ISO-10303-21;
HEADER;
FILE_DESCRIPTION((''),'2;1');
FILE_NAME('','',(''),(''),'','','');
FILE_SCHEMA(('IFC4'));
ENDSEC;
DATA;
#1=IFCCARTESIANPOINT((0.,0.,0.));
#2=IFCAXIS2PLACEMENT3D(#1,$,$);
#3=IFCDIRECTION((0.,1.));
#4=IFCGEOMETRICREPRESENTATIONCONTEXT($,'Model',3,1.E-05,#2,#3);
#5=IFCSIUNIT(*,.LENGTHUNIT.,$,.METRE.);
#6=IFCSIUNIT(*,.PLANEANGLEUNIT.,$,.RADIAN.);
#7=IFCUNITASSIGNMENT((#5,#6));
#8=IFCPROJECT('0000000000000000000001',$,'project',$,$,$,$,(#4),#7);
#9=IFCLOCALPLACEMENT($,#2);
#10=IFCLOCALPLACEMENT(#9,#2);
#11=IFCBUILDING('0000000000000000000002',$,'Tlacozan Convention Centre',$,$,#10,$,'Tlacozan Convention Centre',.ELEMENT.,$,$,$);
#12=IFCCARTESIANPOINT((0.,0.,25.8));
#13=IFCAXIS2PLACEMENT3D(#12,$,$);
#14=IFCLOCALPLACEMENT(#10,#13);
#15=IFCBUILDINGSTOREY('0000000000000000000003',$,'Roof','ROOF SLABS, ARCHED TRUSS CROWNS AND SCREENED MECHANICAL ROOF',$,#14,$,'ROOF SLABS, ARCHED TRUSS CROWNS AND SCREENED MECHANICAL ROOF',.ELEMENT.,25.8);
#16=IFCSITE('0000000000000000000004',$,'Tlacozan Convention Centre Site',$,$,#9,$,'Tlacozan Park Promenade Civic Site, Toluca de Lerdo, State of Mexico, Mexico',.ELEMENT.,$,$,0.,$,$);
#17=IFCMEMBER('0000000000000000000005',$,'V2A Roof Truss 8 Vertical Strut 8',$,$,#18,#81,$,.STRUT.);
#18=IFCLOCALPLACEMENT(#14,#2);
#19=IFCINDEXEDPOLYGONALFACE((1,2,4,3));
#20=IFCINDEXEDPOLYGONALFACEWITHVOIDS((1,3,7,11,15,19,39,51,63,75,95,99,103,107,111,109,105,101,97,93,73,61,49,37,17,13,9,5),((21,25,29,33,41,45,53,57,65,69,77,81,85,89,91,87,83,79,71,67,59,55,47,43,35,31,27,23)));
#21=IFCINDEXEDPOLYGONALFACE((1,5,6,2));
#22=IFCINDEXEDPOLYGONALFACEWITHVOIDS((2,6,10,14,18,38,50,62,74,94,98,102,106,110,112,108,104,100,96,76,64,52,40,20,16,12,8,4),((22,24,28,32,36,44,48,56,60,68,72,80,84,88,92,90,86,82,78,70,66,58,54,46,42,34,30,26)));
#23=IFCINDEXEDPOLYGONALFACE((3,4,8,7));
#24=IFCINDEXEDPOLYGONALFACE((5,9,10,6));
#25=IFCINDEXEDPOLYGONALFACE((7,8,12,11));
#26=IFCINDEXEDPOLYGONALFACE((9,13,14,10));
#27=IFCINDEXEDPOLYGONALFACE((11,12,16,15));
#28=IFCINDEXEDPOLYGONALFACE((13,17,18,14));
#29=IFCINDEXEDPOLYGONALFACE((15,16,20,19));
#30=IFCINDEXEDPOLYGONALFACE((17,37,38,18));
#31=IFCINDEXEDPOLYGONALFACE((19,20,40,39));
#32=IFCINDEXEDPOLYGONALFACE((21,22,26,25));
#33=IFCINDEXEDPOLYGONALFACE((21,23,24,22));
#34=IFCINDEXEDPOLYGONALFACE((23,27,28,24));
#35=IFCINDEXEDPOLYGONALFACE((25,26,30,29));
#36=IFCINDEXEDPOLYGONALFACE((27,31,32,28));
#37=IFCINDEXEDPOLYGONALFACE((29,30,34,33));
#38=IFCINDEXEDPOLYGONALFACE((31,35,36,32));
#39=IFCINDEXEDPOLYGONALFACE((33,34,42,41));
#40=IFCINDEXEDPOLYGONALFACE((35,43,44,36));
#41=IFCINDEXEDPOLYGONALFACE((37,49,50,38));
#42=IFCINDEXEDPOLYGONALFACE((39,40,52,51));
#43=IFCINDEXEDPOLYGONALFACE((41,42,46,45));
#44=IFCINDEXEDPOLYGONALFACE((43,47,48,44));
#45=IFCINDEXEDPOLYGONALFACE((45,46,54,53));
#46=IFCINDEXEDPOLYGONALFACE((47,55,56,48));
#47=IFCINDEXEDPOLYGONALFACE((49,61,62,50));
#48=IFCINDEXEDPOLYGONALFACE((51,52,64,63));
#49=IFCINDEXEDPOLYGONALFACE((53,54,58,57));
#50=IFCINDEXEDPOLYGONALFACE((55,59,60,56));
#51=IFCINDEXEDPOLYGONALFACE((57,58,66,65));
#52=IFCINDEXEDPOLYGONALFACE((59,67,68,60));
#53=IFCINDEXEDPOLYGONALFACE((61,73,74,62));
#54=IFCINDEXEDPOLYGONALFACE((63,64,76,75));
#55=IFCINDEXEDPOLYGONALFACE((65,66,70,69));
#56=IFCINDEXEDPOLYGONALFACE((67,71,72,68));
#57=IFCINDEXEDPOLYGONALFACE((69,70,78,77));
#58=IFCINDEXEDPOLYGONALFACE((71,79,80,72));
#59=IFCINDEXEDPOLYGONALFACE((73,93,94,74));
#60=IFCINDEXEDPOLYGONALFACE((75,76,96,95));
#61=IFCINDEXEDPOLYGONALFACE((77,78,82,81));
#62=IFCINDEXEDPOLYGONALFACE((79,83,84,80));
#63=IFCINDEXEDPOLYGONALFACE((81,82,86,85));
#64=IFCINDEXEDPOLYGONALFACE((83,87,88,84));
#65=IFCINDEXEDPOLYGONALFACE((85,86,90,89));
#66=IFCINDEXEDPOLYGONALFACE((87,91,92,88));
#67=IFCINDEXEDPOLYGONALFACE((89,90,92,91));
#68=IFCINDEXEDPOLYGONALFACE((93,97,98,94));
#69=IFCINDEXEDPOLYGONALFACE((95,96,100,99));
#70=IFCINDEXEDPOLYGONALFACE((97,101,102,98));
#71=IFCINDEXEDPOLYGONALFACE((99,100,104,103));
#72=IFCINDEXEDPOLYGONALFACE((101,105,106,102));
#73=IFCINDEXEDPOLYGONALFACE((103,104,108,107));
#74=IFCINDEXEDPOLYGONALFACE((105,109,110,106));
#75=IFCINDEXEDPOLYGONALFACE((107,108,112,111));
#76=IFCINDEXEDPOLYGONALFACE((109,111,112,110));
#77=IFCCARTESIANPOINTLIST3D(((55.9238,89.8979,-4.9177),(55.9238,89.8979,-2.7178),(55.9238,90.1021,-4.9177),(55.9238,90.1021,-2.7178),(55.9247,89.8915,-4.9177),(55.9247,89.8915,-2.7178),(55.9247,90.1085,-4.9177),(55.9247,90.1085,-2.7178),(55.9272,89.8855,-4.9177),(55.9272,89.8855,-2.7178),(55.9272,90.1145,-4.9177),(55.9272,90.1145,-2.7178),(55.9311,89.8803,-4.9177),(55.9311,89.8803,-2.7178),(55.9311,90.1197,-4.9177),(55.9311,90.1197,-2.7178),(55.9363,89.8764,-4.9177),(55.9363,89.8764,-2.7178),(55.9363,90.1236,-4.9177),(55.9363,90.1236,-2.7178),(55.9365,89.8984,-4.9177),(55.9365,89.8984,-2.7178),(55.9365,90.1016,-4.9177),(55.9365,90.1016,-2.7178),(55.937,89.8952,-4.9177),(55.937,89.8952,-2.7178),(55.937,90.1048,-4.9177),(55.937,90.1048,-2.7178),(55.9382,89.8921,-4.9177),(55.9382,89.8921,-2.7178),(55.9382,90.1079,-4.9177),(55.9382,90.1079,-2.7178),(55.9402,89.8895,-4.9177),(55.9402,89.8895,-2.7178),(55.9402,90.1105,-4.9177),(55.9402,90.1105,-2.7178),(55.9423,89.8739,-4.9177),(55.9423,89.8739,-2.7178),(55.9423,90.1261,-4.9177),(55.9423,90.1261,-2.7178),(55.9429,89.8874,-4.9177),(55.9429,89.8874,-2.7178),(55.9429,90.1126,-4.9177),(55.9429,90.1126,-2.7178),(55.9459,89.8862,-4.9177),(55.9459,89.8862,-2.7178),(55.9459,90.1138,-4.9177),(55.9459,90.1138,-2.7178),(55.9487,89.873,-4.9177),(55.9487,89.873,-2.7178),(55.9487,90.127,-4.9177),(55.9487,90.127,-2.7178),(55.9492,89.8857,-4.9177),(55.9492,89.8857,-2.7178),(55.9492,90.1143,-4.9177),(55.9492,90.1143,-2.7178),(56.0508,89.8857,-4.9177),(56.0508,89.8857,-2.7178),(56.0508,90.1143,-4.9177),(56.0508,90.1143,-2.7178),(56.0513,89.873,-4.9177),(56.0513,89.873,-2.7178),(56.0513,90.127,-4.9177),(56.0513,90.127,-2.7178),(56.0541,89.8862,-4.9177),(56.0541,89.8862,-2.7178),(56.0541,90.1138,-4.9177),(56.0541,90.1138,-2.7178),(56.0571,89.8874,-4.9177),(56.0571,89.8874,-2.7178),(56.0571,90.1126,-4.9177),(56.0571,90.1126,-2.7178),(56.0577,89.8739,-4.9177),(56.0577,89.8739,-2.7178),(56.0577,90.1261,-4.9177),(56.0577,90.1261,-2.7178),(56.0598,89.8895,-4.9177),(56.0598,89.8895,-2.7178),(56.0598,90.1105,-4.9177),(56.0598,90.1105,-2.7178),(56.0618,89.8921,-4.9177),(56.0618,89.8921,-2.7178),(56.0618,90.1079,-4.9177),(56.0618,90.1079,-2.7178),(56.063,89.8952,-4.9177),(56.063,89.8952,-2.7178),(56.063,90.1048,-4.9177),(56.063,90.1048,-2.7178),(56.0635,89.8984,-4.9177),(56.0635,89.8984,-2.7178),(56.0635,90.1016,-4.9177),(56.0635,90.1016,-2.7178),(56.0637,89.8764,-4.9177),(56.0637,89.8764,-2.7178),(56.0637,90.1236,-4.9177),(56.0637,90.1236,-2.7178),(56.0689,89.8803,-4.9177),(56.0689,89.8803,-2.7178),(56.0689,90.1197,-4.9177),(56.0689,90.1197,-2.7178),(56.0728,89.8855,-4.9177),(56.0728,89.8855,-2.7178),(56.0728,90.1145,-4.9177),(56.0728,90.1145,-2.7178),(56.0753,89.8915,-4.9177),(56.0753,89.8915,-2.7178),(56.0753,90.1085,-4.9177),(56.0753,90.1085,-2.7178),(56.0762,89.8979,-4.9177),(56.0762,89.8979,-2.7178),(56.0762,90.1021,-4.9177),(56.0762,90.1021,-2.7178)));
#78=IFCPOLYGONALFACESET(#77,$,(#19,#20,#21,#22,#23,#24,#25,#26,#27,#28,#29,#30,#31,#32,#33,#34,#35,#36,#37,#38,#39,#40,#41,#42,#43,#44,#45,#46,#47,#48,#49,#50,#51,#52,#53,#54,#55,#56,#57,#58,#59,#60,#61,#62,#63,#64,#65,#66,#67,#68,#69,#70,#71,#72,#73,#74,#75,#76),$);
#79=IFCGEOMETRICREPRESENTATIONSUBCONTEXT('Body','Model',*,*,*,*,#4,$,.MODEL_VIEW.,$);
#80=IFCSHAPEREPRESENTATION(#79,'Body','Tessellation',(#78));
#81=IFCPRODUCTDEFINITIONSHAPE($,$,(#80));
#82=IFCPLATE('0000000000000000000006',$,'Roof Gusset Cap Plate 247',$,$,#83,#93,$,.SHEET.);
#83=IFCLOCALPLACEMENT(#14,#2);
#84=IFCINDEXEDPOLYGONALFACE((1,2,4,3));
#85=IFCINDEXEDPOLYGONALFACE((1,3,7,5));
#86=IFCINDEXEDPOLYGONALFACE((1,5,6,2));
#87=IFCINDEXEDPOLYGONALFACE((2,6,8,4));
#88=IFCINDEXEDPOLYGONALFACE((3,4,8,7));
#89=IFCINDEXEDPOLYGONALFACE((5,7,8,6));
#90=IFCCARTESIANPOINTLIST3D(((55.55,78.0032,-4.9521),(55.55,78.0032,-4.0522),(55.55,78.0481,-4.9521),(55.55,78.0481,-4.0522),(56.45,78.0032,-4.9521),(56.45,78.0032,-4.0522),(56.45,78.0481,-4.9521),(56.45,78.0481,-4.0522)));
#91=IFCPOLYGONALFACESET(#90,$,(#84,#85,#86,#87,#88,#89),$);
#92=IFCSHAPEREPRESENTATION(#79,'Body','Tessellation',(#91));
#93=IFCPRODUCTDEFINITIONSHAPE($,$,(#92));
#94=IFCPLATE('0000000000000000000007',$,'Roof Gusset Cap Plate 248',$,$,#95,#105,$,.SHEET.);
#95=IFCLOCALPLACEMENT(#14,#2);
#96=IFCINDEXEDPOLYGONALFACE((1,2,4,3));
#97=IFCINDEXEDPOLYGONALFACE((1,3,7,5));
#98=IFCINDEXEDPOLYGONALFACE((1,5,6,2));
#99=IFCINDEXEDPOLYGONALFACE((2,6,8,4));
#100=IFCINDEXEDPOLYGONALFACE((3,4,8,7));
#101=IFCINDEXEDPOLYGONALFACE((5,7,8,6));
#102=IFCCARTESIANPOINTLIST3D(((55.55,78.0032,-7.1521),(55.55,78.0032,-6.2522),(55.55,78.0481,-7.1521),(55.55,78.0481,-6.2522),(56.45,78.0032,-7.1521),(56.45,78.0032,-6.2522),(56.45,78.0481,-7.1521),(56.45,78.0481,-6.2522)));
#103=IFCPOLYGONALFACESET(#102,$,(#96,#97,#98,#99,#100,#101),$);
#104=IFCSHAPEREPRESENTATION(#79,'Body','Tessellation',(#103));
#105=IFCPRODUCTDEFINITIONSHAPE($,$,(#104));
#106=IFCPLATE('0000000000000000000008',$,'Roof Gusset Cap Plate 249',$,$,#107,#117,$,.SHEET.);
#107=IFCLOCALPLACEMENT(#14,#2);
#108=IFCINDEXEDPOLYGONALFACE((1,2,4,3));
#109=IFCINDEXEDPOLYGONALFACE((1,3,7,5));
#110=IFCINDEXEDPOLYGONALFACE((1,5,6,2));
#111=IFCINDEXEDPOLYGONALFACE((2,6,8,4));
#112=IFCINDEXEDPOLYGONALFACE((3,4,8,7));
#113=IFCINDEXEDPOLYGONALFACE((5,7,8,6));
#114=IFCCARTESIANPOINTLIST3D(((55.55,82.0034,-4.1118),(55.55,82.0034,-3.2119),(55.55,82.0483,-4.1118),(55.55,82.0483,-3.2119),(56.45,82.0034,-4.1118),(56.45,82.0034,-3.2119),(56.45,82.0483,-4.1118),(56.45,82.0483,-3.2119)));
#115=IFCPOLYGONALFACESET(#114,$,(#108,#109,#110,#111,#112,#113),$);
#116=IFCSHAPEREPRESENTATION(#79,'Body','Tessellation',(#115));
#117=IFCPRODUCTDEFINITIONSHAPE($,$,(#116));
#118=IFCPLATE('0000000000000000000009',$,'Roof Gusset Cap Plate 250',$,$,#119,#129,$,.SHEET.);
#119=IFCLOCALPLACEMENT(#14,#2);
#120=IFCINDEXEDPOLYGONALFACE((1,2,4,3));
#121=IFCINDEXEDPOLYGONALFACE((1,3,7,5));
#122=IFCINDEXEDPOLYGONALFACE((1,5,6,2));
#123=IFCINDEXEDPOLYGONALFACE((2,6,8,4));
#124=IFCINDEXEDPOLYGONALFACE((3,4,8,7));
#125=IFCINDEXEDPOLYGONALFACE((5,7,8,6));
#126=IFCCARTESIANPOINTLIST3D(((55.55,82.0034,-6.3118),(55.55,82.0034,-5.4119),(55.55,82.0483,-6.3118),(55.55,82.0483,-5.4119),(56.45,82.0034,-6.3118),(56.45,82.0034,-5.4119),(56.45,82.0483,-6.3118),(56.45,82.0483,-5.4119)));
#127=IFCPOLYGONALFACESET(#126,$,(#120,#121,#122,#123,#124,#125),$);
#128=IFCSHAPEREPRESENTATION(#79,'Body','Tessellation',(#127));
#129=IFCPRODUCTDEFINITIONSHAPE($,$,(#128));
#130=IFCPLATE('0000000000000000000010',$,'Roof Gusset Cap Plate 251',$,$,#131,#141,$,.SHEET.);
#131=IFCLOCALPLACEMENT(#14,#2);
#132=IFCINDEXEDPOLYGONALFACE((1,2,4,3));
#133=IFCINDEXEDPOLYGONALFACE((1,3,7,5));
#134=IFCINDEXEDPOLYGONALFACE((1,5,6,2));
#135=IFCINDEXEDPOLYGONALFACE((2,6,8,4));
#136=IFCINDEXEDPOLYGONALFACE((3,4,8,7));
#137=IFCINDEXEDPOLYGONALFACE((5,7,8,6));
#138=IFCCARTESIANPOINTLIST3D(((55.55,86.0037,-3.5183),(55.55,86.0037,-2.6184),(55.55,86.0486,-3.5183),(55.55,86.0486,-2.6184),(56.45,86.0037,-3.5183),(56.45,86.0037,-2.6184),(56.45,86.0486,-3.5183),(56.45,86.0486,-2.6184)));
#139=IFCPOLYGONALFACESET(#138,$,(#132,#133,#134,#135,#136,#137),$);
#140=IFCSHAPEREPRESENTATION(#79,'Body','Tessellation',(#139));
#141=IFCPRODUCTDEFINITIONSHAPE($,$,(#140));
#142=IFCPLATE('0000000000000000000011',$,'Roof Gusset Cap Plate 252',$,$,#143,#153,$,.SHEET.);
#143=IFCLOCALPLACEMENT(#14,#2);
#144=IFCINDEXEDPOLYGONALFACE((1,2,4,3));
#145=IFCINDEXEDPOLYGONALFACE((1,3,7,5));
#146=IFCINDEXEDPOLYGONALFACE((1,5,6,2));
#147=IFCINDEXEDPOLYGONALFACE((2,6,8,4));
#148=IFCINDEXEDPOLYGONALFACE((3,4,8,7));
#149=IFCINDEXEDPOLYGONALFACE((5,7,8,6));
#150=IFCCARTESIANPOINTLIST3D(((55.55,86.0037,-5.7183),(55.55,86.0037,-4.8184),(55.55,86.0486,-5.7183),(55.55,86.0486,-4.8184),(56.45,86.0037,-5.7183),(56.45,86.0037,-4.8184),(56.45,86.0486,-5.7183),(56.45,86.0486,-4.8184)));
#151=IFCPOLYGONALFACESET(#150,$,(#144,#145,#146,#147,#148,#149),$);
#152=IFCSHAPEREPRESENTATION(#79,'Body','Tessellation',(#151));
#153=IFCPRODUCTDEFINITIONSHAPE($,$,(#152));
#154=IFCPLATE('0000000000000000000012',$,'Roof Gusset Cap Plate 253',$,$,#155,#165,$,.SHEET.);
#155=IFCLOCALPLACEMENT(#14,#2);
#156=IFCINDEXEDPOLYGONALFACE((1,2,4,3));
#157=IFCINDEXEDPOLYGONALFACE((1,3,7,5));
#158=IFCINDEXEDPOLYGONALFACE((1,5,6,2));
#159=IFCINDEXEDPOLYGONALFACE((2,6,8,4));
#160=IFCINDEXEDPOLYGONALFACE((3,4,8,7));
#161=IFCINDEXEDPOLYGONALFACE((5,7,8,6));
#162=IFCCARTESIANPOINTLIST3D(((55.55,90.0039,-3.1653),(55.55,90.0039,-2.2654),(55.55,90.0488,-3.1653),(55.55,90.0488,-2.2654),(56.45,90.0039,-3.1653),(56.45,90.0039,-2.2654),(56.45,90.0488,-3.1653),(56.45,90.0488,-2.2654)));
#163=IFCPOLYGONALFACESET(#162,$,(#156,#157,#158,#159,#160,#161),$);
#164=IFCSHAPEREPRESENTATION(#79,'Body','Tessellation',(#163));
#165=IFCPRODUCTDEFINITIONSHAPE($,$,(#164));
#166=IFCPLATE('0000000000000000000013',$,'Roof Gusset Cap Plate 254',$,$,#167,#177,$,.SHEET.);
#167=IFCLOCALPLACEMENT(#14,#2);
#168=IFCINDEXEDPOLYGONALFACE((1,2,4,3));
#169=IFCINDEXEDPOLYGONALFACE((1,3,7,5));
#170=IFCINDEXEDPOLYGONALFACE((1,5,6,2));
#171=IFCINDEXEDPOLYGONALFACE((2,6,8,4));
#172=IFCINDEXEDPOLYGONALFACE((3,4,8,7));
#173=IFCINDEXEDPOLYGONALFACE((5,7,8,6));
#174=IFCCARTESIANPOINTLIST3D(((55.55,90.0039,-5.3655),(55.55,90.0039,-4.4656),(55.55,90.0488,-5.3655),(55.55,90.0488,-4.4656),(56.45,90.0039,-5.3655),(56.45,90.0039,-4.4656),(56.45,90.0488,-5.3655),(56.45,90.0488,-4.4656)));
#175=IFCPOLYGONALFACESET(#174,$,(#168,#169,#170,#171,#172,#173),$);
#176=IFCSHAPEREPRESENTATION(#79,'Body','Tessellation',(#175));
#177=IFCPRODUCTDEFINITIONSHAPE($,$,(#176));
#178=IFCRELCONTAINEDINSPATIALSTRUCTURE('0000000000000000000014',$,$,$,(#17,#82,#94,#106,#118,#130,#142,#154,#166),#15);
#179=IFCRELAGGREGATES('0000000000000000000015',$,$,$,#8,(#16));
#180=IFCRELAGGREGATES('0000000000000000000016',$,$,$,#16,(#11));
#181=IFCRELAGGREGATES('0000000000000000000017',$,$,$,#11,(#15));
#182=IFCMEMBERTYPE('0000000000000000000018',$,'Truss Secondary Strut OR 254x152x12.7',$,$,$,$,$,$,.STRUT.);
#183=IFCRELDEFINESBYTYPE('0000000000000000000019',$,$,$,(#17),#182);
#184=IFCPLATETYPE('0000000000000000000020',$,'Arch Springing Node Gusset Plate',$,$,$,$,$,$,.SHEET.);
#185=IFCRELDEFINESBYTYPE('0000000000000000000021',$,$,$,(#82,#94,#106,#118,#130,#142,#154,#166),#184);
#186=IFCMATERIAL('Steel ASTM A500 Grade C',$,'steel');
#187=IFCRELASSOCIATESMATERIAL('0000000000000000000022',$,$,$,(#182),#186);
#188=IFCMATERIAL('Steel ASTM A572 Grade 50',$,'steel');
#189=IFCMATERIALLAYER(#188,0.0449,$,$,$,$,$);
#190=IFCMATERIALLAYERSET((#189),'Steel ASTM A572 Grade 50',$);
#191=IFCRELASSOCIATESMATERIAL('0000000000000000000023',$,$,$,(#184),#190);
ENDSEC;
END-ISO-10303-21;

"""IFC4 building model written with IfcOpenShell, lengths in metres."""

from ifc_helpers import new_model, si_unit, direction, frame, origin, origin_2d, place, context, subcontext, project, spatial, rectangle, hollow_rectangle, extrude, material, layer, layer_set, material_profile, profile_set, type_object, element, save


model = new_model("IFC4")

# Units and contexts
model_context = context("Model", 3, precision=1e-05, world=origin(), true_north=direction((0.0, 1.0)))
body_context = subcontext(model_context, "Body", "Model", "MODEL_VIEW")
ifc_project = project(units=[si_unit("LENGTHUNIT", "METRE"), si_unit("PLANEANGLEUNIT", "RADIAN")], contexts=[model_context])

# Site, building, storey
site_placement = place(None, origin())
site = spatial("IfcSite", under=ifc_project, at=site_placement, Name="Tlacozan Convention Centre Site", LongName="Tlacozan Park Promenade Civic Site, Toluca de Lerdo, State of Mexico, Mexico", CompositionType="ELEMENT", RefElevation=0.0)
building_placement = place(site_placement, origin())
building = spatial("IfcBuilding", under=site, at=building_placement, Name="Tlacozan Convention Centre", LongName="Tlacozan Convention Centre", CompositionType="ELEMENT")
storey_placement = place(building_placement, frame((0.0, 0.0, 25.8)))
storey = spatial("IfcBuildingStorey", under=building, at=storey_placement, Name="Roof", Description="ROOF SLABS, ARCHED TRUSS CROWNS AND SCREENED MECHANICAL ROOF", LongName="ROOF SLABS, ARCHED TRUSS CROWNS AND SCREENED MECHANICAL ROOF", CompositionType="ELEMENT", Elevation=25.8)

# Member
ifc_material_1 = material(Name="Steel ASTM A500 Grade C", Category="steel")
ifc_material_profile_1 = material_profile(ifc_material_1, hollow_rectangle(XDim=0.1523, YDim=0.2539, WallThickness=0.0127, InnerFilletRadius=0.0127, OuterFilletRadius=0.0249, at=origin_2d()), Name="OR 254x152x12.7")
ifc_profile_set_1 = profile_set([ifc_material_profile_1], Name="Steel ASTM A500 Grade C")
member_type_1 = type_object("IfcMemberType", Name="Truss Secondary Strut OR 254x152x12.7", PredefinedType="STRUT", material=ifc_profile_set_1)
for number, where, z_axis, x_axis, name in (
    (1, (56.0, 90.0, -4.9177), (0.0, 0.0, 1.0), (1.0, 0.0, 0.0), "V2A Roof Truss 8 Vertical Strut 8"),
):
    element("IfcMember", number, at=place(storey_placement, frame(where, z_axis=z_axis, x_axis=x_axis)), inside=storey, type_object=member_type_1, Name=name, PredefinedType="STRUT", context=body_context, shape_type="SweptSolid", body=[
        extrude(hollow_rectangle(XDim=0.1523, YDim=0.2539, WallThickness=0.0127, InnerFilletRadius=0.0127, OuterFilletRadius=0.0249, at=origin_2d()), origin(), (0.0, 0.0, 1.0), 2.2),
    ])

# Plates
ifc_material_2 = material(Name="Steel ASTM A572 Grade 50", Category="steel")
ifc_layer = layer(ifc_material_2, 0.0449)
ifc_layer_set = layer_set([ifc_layer], Name="Steel ASTM A572 Grade 50")
plate_type = type_object("IfcPlateType", Name="Arch Springing Node Gusset Plate", PredefinedType="SHEET", material=ifc_layer_set)
for number, where, z_axis, x_axis, name in (
    (2, (56.0, 78.0256, -4.9521), (0.0, 0.0, 1.0), (0.0, 1.0, 0.0), "Roof Gusset Cap Plate 247"),
    (3, (56.0, 78.0256, -7.1521), (0.0, 0.0, 1.0), (0.0, 1.0, 0.0), "Roof Gusset Cap Plate 248"),
    (4, (56.0, 82.0259, -4.1118), (0.0, 0.0, 1.0), (0.0, 1.0, 0.0), "Roof Gusset Cap Plate 249"),
    (5, (56.0, 82.0259, -6.3118), (0.0, 0.0, 1.0), (0.0, 1.0, 0.0), "Roof Gusset Cap Plate 250"),
    (6, (56.0, 86.0261, -3.5183), (0.0, 0.0, 1.0), (0.0, 1.0, 0.0), "Roof Gusset Cap Plate 251"),
    (7, (56.0, 86.0261, -5.7183), (0.0, 0.0, 1.0), (0.0, 1.0, 0.0), "Roof Gusset Cap Plate 252"),
    (8, (56.0, 90.0264, -3.1653), (0.0, 0.0, 1.0), (0.0, 1.0, 0.0), "Roof Gusset Cap Plate 253"),
    (9, (56.0, 90.0264, -5.3655), (0.0, 0.0, 1.0), (0.0, 1.0, 0.0), "Roof Gusset Cap Plate 254"),
):
    element("IfcPlate", number, at=place(storey_placement, frame(where, z_axis=z_axis, x_axis=x_axis)), inside=storey, type_object=plate_type, Name=name, PredefinedType="SHEET", context=body_context, shape_type="SweptSolid", body=[
        extrude(rectangle(XDim=0.0449, YDim=0.8999, at=origin_2d()), origin(), (0.0, 0.0, 1.0), 0.8999),
    ])

save(model, "model.ifc")
